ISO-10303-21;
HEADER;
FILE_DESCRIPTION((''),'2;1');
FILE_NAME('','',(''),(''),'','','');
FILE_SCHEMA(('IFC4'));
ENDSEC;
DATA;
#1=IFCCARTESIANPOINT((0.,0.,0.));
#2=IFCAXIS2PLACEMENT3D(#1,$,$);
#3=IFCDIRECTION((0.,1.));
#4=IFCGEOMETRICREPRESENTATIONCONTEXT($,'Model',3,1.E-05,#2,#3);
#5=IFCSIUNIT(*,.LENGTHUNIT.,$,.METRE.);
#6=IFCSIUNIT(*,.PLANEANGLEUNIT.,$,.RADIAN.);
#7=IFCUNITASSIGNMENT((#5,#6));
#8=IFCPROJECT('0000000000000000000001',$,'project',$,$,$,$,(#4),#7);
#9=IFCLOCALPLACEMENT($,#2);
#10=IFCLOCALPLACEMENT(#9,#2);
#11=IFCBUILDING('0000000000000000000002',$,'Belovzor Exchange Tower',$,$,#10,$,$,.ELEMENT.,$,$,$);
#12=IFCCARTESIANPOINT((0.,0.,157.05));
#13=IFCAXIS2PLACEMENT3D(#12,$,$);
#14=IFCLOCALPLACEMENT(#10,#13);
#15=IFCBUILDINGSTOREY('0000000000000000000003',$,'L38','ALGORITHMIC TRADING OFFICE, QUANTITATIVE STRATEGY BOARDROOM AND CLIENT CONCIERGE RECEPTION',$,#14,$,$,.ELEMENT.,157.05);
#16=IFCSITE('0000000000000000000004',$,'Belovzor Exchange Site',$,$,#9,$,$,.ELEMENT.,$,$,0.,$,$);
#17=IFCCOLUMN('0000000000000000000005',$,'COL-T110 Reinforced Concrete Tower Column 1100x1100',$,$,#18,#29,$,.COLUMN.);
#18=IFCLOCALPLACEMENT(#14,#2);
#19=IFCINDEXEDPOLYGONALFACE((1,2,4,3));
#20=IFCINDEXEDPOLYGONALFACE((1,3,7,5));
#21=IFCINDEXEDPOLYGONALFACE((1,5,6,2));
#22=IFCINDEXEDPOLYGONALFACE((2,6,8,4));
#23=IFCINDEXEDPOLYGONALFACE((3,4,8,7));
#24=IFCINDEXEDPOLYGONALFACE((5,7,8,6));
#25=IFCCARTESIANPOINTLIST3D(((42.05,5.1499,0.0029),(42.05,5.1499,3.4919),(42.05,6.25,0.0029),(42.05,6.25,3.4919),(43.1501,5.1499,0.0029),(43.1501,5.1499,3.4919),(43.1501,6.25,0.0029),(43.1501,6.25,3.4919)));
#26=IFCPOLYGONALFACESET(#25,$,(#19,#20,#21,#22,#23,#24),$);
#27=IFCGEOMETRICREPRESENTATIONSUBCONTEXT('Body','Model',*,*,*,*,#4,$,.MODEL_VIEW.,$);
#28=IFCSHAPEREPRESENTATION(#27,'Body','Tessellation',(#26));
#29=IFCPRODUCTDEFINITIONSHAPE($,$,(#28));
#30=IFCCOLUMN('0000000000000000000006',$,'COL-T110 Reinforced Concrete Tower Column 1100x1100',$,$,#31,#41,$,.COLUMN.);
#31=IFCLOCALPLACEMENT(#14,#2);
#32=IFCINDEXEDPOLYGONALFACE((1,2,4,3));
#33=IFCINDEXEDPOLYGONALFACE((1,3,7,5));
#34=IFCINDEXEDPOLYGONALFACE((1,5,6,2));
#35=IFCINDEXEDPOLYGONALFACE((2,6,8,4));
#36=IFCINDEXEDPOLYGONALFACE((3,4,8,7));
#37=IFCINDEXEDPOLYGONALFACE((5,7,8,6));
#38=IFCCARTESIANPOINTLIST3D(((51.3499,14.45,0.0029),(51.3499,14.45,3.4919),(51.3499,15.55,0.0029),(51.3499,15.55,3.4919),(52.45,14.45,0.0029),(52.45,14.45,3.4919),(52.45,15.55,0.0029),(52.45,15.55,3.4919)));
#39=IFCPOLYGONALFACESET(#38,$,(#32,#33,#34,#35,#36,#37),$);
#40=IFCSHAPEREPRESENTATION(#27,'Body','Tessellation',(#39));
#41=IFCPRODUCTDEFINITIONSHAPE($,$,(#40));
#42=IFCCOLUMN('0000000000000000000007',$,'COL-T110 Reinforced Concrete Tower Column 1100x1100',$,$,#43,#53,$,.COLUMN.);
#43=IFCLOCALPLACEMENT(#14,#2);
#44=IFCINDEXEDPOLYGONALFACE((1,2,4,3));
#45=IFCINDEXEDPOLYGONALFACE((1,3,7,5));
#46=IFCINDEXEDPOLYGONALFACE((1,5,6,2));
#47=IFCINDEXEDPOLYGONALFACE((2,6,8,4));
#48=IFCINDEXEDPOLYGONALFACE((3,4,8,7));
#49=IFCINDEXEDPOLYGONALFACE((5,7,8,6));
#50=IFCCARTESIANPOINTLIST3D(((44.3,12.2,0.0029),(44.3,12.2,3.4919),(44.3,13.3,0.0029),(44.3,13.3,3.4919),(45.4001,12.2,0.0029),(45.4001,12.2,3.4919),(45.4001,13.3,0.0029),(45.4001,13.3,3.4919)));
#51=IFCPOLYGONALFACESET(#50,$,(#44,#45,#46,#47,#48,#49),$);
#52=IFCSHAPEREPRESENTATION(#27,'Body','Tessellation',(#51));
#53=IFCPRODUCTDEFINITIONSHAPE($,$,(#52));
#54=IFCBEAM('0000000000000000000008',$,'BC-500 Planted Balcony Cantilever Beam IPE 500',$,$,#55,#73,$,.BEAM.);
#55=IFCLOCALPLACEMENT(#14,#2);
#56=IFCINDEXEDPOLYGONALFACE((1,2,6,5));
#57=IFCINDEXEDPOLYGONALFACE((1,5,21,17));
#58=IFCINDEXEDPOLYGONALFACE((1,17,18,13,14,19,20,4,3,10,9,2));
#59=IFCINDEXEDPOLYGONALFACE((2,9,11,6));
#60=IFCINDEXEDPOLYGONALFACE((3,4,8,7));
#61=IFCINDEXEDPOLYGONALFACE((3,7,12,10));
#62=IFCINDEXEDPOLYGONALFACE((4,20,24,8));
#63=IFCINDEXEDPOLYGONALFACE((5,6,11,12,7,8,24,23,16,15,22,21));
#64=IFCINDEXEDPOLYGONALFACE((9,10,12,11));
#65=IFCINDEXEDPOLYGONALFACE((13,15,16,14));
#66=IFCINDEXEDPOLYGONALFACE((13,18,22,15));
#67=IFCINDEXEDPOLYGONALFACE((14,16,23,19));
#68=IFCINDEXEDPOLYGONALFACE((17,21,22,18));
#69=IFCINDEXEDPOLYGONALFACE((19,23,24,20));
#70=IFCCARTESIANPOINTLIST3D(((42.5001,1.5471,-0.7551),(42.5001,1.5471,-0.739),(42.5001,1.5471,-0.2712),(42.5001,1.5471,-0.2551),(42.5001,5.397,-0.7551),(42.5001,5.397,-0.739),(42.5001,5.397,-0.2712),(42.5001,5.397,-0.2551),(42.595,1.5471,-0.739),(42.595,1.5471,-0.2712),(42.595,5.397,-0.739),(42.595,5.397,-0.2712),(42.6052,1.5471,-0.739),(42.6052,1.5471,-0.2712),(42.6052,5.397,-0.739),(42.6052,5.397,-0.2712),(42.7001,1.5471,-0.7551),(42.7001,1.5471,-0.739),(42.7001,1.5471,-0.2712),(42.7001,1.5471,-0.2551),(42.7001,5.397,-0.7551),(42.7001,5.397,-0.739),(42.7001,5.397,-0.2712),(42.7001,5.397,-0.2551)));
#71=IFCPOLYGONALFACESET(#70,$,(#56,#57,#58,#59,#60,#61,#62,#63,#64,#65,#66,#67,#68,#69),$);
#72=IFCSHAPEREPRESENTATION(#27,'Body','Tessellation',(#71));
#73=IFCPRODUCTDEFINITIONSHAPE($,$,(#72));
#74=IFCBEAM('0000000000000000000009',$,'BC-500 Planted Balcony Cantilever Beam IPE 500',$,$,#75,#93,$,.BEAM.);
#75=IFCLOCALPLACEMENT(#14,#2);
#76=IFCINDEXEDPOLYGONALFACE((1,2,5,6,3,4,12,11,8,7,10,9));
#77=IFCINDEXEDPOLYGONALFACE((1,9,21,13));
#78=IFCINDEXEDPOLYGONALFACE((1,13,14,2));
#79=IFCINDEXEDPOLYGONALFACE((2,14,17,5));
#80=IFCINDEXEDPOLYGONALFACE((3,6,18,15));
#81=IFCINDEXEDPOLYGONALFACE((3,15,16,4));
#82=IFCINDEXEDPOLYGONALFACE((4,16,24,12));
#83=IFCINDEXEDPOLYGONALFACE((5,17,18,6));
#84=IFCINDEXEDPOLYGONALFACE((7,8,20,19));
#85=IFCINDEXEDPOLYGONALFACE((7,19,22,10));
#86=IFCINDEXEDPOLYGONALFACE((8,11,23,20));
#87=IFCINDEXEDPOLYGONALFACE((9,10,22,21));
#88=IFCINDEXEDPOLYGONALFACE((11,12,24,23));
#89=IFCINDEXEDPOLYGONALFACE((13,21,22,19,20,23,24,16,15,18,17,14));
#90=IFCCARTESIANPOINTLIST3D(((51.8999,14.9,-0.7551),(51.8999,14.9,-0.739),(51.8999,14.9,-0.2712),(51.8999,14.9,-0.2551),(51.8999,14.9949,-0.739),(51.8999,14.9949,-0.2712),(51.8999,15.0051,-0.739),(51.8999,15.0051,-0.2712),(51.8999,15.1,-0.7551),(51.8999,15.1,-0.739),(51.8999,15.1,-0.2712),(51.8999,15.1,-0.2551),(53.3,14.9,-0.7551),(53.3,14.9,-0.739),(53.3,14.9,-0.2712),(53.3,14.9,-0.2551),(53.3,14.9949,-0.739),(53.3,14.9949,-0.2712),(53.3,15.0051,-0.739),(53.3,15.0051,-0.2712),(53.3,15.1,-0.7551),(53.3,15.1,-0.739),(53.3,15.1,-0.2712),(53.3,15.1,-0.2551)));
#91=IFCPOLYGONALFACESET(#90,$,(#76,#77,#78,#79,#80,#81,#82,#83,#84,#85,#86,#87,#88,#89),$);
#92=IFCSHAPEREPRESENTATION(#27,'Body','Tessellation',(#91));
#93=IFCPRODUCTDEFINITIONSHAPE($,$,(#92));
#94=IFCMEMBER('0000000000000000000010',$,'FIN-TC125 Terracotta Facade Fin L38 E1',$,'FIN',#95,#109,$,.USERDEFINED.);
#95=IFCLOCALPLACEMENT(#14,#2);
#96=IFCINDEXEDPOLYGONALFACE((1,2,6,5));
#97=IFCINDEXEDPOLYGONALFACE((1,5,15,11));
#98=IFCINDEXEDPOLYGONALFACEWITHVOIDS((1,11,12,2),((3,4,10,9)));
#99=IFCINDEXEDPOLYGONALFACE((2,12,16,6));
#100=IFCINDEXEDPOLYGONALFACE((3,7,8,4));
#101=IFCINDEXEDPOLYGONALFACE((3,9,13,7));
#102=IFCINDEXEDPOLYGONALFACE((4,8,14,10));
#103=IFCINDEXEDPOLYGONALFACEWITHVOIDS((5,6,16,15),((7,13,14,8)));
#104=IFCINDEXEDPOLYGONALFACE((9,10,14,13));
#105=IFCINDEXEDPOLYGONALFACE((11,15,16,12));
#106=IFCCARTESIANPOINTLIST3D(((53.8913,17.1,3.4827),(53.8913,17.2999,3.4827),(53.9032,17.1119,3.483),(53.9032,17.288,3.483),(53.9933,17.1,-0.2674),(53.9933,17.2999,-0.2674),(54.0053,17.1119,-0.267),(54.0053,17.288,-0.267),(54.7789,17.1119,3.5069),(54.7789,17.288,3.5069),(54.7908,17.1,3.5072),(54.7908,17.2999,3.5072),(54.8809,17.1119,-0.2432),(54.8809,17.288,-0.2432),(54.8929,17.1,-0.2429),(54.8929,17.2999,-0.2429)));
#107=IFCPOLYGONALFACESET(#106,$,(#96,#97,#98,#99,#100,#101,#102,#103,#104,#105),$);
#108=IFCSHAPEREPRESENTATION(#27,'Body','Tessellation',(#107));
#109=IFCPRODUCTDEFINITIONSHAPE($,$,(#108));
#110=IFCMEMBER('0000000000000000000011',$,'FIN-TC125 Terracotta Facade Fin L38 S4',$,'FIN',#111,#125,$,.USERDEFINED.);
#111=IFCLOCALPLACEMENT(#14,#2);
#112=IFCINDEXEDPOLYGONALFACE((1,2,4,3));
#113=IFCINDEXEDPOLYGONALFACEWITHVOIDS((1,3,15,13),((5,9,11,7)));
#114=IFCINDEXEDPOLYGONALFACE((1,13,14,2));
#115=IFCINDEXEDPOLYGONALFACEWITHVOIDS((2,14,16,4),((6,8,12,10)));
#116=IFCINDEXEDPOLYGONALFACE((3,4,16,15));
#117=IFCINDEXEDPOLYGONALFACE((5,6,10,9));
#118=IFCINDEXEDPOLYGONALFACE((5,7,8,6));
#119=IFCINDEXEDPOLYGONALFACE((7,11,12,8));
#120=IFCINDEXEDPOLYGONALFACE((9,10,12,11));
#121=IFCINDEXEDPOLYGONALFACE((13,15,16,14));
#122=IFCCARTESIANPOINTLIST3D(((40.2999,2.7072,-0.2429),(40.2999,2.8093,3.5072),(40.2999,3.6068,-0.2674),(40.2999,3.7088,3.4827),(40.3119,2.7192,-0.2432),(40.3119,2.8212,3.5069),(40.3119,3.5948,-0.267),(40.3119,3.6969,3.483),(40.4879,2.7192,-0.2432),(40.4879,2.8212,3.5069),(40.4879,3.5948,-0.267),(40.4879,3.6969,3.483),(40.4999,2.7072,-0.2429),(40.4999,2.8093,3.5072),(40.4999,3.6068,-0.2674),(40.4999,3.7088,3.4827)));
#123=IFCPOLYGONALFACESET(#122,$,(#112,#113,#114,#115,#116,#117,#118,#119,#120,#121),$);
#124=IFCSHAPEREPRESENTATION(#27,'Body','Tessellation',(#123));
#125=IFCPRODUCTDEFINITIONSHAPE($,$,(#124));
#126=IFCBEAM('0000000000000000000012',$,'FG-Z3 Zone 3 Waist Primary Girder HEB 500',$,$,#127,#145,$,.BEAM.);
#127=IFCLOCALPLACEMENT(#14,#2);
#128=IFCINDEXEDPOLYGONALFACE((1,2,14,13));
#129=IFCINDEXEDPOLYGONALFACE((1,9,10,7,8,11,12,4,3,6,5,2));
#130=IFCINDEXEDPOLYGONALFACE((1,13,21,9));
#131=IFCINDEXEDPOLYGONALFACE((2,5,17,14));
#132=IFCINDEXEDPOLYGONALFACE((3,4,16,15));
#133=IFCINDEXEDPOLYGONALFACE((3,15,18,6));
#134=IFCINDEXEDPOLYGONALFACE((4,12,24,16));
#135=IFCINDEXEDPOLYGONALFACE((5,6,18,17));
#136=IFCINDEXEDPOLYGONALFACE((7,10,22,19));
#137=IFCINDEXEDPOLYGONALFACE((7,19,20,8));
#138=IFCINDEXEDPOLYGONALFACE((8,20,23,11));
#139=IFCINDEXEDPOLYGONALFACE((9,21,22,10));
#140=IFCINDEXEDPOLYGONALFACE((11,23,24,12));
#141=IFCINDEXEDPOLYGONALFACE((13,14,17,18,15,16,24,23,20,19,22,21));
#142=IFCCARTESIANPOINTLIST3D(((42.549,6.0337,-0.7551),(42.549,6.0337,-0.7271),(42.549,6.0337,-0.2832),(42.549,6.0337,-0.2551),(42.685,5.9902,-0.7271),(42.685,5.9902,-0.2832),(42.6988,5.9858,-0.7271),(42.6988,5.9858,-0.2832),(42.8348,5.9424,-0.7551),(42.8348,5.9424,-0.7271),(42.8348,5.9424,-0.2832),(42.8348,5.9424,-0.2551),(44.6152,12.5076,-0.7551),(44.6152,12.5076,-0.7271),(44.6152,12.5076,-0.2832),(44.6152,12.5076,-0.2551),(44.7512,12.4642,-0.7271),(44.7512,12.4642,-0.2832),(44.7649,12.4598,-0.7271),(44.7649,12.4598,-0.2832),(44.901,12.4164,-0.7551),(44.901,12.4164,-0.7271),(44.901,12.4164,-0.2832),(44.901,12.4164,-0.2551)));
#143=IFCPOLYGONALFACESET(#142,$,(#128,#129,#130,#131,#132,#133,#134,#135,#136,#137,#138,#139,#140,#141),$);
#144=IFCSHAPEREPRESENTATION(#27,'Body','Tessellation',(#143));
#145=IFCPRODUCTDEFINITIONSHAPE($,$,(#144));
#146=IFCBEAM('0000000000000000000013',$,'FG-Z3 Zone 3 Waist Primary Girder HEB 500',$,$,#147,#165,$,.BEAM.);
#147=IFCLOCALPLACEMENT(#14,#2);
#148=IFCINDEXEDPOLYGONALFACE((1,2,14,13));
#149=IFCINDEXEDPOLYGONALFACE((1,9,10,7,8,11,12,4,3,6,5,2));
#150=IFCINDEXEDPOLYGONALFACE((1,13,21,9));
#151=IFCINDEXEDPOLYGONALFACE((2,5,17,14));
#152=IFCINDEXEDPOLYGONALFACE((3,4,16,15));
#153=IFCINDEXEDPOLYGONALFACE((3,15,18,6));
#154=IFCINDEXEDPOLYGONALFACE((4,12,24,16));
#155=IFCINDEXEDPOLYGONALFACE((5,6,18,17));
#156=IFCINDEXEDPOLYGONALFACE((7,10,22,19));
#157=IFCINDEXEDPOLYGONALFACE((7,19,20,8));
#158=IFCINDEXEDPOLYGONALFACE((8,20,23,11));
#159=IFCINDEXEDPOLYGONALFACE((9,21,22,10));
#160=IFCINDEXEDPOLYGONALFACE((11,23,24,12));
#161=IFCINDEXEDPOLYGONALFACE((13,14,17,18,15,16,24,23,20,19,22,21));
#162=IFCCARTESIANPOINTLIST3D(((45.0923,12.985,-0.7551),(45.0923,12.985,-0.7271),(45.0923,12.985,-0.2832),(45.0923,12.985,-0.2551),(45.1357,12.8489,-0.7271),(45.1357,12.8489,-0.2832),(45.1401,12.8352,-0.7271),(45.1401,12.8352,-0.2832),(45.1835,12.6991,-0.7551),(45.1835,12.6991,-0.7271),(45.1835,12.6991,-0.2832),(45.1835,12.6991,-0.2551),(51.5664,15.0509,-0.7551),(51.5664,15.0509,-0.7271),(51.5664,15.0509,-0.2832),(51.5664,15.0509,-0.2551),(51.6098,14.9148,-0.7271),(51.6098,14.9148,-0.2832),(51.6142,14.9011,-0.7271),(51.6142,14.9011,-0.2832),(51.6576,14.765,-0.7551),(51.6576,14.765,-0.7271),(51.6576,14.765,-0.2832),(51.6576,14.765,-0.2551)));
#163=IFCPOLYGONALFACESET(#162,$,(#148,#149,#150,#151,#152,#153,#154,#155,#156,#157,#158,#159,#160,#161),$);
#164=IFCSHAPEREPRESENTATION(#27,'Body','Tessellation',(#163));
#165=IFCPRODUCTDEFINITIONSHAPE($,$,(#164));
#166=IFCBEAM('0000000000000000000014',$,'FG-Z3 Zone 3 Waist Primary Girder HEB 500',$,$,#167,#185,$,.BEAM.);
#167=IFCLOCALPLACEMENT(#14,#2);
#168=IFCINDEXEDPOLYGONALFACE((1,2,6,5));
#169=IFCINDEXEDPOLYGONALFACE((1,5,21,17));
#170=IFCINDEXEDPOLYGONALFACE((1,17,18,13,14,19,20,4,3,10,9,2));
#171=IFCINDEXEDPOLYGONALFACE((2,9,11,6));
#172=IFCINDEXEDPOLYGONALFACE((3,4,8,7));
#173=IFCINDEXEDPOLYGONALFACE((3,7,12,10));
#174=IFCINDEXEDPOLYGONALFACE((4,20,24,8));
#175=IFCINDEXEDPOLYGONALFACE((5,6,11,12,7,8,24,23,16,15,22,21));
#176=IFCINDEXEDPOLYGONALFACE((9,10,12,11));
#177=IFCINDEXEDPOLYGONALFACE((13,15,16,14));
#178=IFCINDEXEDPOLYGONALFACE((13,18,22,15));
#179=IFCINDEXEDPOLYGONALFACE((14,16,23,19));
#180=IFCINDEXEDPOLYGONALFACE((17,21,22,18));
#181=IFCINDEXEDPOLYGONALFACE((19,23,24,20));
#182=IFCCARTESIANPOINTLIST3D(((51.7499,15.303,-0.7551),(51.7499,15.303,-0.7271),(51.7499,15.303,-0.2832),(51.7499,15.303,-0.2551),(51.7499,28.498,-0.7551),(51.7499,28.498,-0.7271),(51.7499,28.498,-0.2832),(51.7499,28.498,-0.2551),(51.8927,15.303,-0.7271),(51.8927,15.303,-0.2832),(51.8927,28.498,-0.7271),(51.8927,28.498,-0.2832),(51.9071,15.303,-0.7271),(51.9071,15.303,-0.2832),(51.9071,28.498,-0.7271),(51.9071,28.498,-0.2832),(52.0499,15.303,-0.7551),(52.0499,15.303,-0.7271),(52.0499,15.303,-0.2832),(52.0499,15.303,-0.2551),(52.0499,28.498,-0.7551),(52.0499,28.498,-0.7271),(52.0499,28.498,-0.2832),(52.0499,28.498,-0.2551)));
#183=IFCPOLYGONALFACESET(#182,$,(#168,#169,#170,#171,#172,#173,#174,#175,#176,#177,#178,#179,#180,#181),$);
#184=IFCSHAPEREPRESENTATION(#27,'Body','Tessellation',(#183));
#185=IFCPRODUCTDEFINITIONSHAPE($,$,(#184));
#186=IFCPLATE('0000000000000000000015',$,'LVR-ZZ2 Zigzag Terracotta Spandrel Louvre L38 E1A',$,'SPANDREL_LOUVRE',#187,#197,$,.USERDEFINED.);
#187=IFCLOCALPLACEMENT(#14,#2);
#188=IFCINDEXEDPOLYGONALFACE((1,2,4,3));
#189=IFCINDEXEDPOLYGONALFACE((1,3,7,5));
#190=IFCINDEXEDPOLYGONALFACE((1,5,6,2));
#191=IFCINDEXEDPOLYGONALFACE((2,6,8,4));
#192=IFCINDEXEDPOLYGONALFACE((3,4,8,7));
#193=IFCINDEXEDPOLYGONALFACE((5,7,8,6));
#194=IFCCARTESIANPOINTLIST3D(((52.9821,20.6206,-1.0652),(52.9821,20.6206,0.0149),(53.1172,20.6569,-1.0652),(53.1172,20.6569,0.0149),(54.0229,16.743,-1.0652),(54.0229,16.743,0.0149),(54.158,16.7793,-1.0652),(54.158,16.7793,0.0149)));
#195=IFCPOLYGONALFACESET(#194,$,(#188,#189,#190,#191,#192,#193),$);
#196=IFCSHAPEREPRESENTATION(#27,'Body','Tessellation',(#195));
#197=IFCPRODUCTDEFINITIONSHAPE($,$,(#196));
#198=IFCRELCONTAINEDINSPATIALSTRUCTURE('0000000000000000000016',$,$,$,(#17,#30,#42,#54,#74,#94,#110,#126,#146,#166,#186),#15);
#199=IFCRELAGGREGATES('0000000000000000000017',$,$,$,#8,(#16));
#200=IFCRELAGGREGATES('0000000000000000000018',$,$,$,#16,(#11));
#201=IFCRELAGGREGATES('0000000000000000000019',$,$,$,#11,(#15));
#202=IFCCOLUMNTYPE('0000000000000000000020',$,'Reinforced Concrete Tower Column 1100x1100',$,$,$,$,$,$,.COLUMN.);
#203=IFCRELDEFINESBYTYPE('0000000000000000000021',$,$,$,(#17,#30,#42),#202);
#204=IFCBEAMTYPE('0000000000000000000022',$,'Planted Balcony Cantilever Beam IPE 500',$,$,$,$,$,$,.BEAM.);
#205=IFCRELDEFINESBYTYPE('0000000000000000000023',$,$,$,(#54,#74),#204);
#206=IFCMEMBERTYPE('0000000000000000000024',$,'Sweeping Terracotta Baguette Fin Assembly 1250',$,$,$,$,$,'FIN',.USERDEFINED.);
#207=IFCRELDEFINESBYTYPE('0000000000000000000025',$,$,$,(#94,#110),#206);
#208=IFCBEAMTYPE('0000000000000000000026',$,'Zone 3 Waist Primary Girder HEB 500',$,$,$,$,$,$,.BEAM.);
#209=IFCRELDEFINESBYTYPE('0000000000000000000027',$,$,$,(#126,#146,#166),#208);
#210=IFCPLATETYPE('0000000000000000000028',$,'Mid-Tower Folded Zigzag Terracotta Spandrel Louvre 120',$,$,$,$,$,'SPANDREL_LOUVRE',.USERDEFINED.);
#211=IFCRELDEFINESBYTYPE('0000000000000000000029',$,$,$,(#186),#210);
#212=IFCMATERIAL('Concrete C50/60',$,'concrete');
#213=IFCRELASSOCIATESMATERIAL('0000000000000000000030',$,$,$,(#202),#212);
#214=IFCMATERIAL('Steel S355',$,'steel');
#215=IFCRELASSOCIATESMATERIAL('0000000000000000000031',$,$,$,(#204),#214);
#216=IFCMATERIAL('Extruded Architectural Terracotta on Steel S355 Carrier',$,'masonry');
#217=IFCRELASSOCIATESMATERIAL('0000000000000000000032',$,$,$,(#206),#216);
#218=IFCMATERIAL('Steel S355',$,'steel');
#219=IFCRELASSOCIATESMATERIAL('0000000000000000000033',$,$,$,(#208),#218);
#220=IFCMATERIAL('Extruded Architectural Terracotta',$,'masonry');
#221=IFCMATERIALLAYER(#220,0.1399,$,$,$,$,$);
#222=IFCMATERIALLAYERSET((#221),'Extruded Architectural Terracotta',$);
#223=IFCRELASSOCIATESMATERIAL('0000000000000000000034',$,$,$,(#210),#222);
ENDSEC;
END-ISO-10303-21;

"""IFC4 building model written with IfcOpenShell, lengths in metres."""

from ifc_helpers import new_model, si_unit, direction, frame, origin, origin_2d, place, context, subcontext, project, spatial, rectangle, hollow_rectangle, i_section, extrude, material, layer, layer_set, material_profile, profile_set, type_object, element, save


model = new_model("IFC4")

# Units and contexts
model_context = context("Model", 3, precision=1e-05, world=origin(), true_north=direction((0.0, 1.0)))
body_context = subcontext(model_context, "Body", "Model", "MODEL_VIEW")
ifc_project = project(units=[si_unit("LENGTHUNIT", "METRE"), si_unit("PLANEANGLEUNIT", "RADIAN")], contexts=[model_context])

# Site, building, storey
site_placement = place(None, origin())
site = spatial("IfcSite", under=ifc_project, at=site_placement, Name="Belovzor Exchange Site", CompositionType="ELEMENT", RefElevation=0.0)
building_placement = place(site_placement, origin())
building = spatial("IfcBuilding", under=site, at=building_placement, Name="Belovzor Exchange Tower", CompositionType="ELEMENT")
storey_placement = place(building_placement, frame((0.0, 0.0, 157.05)))
storey = spatial("IfcBuildingStorey", under=building, at=storey_placement, Name="L38", Description="ALGORITHMIC TRADING OFFICE, QUANTITATIVE STRATEGY BOARDROOM AND CLIENT CONCIERGE RECEPTION", CompositionType="ELEMENT", Elevation=157.05)

# Columns
ifc_material_1 = material(Name="Concrete C50/60", Category="concrete")
ifc_material_profile_1 = material_profile(ifc_material_1, rectangle(XDim=1.1001, YDim=1.1001, at=origin_2d()))
ifc_profile_set_1 = profile_set([ifc_material_profile_1], Name="Concrete C50/60")
column_type = type_object("IfcColumnType", Name="Reinforced Concrete Tower Column 1100x1100", PredefinedType="COLUMN", material=ifc_profile_set_1)
for number, where, z_axis, x_axis, name in (
    (1, (42.6001, 5.7, 0.0029), (0.0, 0.0, 1.0), (1.0, 0.0, 0.0), "COL-T110 Reinforced Concrete Tower Column 1100x1100"),
    (2, (51.8999, 15.0, 0.0029), (0.0, 0.0, 1.0), (1.0, 0.0, 0.0), "COL-T110 Reinforced Concrete Tower Column 1100x1100"),
    (3, (44.8501, 12.75, 0.0029), (0.0, 0.0, 1.0), (1.0, 0.0, 0.0), "COL-T110 Reinforced Concrete Tower Column 1100x1100"),
):
    element("IfcColumn", number, at=place(storey_placement, frame(where, z_axis=z_axis, x_axis=x_axis)), inside=storey, type_object=column_type, Name=name, PredefinedType="COLUMN", context=body_context, shape_type="SweptSolid", body=[
        extrude(rectangle(XDim=1.1001, YDim=1.1001, at=origin_2d()), origin(), (0.0, 0.0, 1.0), 3.489),
    ])

# Beams
ifc_material_2 = material(Name="Steel S355", Category="steel")
ifc_material_profile_2 = material_profile(ifc_material_2, i_section(OverallWidth=0.2, OverallDepth=0.5, WebThickness=0.0103, FlangeThickness=0.0161, at=origin_2d()))
ifc_profile_set_2 = profile_set([ifc_material_profile_2], Name="Steel S355")
beam_type_1 = type_object("IfcBeamType", Name="Planted Balcony Cantilever Beam IPE 500", PredefinedType="BEAM", material=ifc_profile_set_2)
beam_1_placement = place(storey_placement, frame((42.6001, 5.397, -0.5051), z_axis=(0.0, -1.0, 0.0), x_axis=(1.0, 0.0, 0.0)))
element("IfcBeam", 4, at=beam_1_placement, inside=storey, type_object=beam_type_1, Name="BC-500 Planted Balcony Cantilever Beam IPE 500", PredefinedType="BEAM", context=body_context, shape_type="SweptSolid", body=[
    extrude(i_section(OverallWidth=0.2, OverallDepth=0.5, WebThickness=0.0103, FlangeThickness=0.0161, at=origin_2d()), origin(), (0.0, 0.0, 1.0), 3.8499),
])
beam_2_placement = place(storey_placement, frame((51.8999, 15.0, -0.5051), z_axis=(1.0, 0.0, 0.0), x_axis=(0.0, 1.0, 0.0)))
element("IfcBeam", 5, at=beam_2_placement, inside=storey, type_object=beam_type_1, Name="BC-500 Planted Balcony Cantilever Beam IPE 500", PredefinedType="BEAM", context=body_context, shape_type="SweptSolid", body=[
    extrude(i_section(OverallWidth=0.2, OverallDepth=0.5, WebThickness=0.0103, FlangeThickness=0.0161, at=origin_2d()), origin(), (0.0, 0.0, 1.0), 1.4001),
])

# Members
ifc_material_3 = material(Name="Extruded Architectural Terracotta on Steel S355 Carrier", Category="masonry")
ifc_material_profile_3 = material_profile(ifc_material_3, hollow_rectangle(XDim=0.2, YDim=0.8999, WallThickness=0.012, at=origin_2d()))
ifc_profile_set_3 = profile_set([ifc_material_profile_3], Name="Extruded Architectural Terracotta on Steel S355 Carrier")
member_type = type_object("IfcMemberType", Name="Sweeping Terracotta Baguette Fin Assembly 1250", ElementType="FIN", PredefinedType="USERDEFINED", material=ifc_profile_set_3)
for number, where, z_axis, x_axis, name in (
    (6, (54.4431, 17.2, -0.2551), (-0.027203, 0.0, 0.99963), (0.0, -1.0, 0.0), "FIN-TC125 Terracotta Facade Fin L38 E1"),
    (7, (40.3999, 3.157, -0.2551), (0.0, 0.027203, 0.99963), (-1.0, 0.0, 0.0), "FIN-TC125 Terracotta Facade Fin L38 S4"),
):
    element("IfcMember", number, at=place(storey_placement, frame(where, z_axis=z_axis, x_axis=x_axis)), inside=storey, type_object=member_type, Name=name, ObjectType="FIN", PredefinedType="USERDEFINED", context=body_context, shape_type="SweptSolid", body=[
        extrude(hollow_rectangle(XDim=0.2, YDim=0.8999, WallThickness=0.012, at=origin_2d()), origin(), (0.0, 0.0, 1.0), 3.7515),
    ])

# Beams
ifc_material_4 = material(Name="Steel S355", Category="steel")
ifc_material_profile_4 = material_profile(ifc_material_4, i_section(OverallWidth=0.3, OverallDepth=0.5, WebThickness=0.0144, FlangeThickness=0.0281, at=origin_2d()))
ifc_profile_set_4 = profile_set([ifc_material_profile_4], Name="Steel S355")
beam_type_2 = type_object("IfcBeamType", Name="Zone 3 Waist Primary Girder HEB 500", PredefinedType="BEAM", material=ifc_profile_set_4)
for number, where, z_axis, x_axis, name in (
    (8, (42.6919, 5.988, -0.5051), (0.304044, 0.952658, 0.0), (-0.952658, 0.304044, 0.0), "FG-Z3 Zone 3 Waist Primary Girder HEB 500"),
    (9, (45.1379, 12.842, -0.5051), (0.952672, 0.304001, 0.0), (-0.304001, 0.952672, 0.0), "FG-Z3 Zone 3 Waist Primary Girder HEB 500"),
):
    element("IfcBeam", number, at=place(storey_placement, frame(where, z_axis=z_axis, x_axis=x_axis)), inside=storey, type_object=beam_type_2, Name=name, PredefinedType="BEAM", context=body_context, shape_type="SweptSolid", body=[
        extrude(i_section(OverallWidth=0.3, OverallDepth=0.5, WebThickness=0.0144, FlangeThickness=0.0281, at=origin_2d()), origin(), (0.0, 0.0, 1.0), 6.7957),
    ])
beam_3_placement = place(storey_placement, frame((51.8999, 15.303, -0.5051), z_axis=(0.0, 1.0, 0.0), x_axis=(-1.0, 0.0, 0.0)))
element("IfcBeam", 10, at=beam_3_placement, inside=storey, type_object=beam_type_2, Name="FG-Z3 Zone 3 Waist Primary Girder HEB 500", PredefinedType="BEAM", context=body_context, shape_type="SweptSolid", body=[
    extrude(i_section(OverallWidth=0.3, OverallDepth=0.5, WebThickness=0.0144, FlangeThickness=0.0281, at=origin_2d()), origin(), (0.0, 0.0, 1.0), 13.1951),
])

# Plate
ifc_material_5 = material(Name="Extruded Architectural Terracotta", Category="masonry")
ifc_layer_1 = layer(ifc_material_5, 0.1399)
ifc_layer_set_1 = layer_set([ifc_layer_1], Name="Extruded Architectural Terracotta")
plate_type = type_object("IfcPlateType", Name="Mid-Tower Folded Zigzag Terracotta Spandrel Louvre 120", ElementType="SPANDREL_LOUVRE", PredefinedType="USERDEFINED", material=ifc_layer_set_1)
plate_placement = place(storey_placement, frame((53.5701, 18.7, -1.0652), z_axis=(0.0, 0.0, 1.0), x_axis=(-0.25924, 0.965813, 0.0)))
element("IfcPlate", 11, at=plate_placement, inside=storey, type_object=plate_type, Name="LVR-ZZ2 Zigzag Terracotta Spandrel Louvre L38 E1A", ObjectType="SPANDREL_LOUVRE", PredefinedType="USERDEFINED", context=body_context, shape_type="SweptSolid", body=[
    extrude(rectangle(XDim=4.0149, YDim=0.1399, at=origin_2d()), origin(), (0.0, 0.0, 1.0), 1.0801),
])

save(model, "model.ifc")
